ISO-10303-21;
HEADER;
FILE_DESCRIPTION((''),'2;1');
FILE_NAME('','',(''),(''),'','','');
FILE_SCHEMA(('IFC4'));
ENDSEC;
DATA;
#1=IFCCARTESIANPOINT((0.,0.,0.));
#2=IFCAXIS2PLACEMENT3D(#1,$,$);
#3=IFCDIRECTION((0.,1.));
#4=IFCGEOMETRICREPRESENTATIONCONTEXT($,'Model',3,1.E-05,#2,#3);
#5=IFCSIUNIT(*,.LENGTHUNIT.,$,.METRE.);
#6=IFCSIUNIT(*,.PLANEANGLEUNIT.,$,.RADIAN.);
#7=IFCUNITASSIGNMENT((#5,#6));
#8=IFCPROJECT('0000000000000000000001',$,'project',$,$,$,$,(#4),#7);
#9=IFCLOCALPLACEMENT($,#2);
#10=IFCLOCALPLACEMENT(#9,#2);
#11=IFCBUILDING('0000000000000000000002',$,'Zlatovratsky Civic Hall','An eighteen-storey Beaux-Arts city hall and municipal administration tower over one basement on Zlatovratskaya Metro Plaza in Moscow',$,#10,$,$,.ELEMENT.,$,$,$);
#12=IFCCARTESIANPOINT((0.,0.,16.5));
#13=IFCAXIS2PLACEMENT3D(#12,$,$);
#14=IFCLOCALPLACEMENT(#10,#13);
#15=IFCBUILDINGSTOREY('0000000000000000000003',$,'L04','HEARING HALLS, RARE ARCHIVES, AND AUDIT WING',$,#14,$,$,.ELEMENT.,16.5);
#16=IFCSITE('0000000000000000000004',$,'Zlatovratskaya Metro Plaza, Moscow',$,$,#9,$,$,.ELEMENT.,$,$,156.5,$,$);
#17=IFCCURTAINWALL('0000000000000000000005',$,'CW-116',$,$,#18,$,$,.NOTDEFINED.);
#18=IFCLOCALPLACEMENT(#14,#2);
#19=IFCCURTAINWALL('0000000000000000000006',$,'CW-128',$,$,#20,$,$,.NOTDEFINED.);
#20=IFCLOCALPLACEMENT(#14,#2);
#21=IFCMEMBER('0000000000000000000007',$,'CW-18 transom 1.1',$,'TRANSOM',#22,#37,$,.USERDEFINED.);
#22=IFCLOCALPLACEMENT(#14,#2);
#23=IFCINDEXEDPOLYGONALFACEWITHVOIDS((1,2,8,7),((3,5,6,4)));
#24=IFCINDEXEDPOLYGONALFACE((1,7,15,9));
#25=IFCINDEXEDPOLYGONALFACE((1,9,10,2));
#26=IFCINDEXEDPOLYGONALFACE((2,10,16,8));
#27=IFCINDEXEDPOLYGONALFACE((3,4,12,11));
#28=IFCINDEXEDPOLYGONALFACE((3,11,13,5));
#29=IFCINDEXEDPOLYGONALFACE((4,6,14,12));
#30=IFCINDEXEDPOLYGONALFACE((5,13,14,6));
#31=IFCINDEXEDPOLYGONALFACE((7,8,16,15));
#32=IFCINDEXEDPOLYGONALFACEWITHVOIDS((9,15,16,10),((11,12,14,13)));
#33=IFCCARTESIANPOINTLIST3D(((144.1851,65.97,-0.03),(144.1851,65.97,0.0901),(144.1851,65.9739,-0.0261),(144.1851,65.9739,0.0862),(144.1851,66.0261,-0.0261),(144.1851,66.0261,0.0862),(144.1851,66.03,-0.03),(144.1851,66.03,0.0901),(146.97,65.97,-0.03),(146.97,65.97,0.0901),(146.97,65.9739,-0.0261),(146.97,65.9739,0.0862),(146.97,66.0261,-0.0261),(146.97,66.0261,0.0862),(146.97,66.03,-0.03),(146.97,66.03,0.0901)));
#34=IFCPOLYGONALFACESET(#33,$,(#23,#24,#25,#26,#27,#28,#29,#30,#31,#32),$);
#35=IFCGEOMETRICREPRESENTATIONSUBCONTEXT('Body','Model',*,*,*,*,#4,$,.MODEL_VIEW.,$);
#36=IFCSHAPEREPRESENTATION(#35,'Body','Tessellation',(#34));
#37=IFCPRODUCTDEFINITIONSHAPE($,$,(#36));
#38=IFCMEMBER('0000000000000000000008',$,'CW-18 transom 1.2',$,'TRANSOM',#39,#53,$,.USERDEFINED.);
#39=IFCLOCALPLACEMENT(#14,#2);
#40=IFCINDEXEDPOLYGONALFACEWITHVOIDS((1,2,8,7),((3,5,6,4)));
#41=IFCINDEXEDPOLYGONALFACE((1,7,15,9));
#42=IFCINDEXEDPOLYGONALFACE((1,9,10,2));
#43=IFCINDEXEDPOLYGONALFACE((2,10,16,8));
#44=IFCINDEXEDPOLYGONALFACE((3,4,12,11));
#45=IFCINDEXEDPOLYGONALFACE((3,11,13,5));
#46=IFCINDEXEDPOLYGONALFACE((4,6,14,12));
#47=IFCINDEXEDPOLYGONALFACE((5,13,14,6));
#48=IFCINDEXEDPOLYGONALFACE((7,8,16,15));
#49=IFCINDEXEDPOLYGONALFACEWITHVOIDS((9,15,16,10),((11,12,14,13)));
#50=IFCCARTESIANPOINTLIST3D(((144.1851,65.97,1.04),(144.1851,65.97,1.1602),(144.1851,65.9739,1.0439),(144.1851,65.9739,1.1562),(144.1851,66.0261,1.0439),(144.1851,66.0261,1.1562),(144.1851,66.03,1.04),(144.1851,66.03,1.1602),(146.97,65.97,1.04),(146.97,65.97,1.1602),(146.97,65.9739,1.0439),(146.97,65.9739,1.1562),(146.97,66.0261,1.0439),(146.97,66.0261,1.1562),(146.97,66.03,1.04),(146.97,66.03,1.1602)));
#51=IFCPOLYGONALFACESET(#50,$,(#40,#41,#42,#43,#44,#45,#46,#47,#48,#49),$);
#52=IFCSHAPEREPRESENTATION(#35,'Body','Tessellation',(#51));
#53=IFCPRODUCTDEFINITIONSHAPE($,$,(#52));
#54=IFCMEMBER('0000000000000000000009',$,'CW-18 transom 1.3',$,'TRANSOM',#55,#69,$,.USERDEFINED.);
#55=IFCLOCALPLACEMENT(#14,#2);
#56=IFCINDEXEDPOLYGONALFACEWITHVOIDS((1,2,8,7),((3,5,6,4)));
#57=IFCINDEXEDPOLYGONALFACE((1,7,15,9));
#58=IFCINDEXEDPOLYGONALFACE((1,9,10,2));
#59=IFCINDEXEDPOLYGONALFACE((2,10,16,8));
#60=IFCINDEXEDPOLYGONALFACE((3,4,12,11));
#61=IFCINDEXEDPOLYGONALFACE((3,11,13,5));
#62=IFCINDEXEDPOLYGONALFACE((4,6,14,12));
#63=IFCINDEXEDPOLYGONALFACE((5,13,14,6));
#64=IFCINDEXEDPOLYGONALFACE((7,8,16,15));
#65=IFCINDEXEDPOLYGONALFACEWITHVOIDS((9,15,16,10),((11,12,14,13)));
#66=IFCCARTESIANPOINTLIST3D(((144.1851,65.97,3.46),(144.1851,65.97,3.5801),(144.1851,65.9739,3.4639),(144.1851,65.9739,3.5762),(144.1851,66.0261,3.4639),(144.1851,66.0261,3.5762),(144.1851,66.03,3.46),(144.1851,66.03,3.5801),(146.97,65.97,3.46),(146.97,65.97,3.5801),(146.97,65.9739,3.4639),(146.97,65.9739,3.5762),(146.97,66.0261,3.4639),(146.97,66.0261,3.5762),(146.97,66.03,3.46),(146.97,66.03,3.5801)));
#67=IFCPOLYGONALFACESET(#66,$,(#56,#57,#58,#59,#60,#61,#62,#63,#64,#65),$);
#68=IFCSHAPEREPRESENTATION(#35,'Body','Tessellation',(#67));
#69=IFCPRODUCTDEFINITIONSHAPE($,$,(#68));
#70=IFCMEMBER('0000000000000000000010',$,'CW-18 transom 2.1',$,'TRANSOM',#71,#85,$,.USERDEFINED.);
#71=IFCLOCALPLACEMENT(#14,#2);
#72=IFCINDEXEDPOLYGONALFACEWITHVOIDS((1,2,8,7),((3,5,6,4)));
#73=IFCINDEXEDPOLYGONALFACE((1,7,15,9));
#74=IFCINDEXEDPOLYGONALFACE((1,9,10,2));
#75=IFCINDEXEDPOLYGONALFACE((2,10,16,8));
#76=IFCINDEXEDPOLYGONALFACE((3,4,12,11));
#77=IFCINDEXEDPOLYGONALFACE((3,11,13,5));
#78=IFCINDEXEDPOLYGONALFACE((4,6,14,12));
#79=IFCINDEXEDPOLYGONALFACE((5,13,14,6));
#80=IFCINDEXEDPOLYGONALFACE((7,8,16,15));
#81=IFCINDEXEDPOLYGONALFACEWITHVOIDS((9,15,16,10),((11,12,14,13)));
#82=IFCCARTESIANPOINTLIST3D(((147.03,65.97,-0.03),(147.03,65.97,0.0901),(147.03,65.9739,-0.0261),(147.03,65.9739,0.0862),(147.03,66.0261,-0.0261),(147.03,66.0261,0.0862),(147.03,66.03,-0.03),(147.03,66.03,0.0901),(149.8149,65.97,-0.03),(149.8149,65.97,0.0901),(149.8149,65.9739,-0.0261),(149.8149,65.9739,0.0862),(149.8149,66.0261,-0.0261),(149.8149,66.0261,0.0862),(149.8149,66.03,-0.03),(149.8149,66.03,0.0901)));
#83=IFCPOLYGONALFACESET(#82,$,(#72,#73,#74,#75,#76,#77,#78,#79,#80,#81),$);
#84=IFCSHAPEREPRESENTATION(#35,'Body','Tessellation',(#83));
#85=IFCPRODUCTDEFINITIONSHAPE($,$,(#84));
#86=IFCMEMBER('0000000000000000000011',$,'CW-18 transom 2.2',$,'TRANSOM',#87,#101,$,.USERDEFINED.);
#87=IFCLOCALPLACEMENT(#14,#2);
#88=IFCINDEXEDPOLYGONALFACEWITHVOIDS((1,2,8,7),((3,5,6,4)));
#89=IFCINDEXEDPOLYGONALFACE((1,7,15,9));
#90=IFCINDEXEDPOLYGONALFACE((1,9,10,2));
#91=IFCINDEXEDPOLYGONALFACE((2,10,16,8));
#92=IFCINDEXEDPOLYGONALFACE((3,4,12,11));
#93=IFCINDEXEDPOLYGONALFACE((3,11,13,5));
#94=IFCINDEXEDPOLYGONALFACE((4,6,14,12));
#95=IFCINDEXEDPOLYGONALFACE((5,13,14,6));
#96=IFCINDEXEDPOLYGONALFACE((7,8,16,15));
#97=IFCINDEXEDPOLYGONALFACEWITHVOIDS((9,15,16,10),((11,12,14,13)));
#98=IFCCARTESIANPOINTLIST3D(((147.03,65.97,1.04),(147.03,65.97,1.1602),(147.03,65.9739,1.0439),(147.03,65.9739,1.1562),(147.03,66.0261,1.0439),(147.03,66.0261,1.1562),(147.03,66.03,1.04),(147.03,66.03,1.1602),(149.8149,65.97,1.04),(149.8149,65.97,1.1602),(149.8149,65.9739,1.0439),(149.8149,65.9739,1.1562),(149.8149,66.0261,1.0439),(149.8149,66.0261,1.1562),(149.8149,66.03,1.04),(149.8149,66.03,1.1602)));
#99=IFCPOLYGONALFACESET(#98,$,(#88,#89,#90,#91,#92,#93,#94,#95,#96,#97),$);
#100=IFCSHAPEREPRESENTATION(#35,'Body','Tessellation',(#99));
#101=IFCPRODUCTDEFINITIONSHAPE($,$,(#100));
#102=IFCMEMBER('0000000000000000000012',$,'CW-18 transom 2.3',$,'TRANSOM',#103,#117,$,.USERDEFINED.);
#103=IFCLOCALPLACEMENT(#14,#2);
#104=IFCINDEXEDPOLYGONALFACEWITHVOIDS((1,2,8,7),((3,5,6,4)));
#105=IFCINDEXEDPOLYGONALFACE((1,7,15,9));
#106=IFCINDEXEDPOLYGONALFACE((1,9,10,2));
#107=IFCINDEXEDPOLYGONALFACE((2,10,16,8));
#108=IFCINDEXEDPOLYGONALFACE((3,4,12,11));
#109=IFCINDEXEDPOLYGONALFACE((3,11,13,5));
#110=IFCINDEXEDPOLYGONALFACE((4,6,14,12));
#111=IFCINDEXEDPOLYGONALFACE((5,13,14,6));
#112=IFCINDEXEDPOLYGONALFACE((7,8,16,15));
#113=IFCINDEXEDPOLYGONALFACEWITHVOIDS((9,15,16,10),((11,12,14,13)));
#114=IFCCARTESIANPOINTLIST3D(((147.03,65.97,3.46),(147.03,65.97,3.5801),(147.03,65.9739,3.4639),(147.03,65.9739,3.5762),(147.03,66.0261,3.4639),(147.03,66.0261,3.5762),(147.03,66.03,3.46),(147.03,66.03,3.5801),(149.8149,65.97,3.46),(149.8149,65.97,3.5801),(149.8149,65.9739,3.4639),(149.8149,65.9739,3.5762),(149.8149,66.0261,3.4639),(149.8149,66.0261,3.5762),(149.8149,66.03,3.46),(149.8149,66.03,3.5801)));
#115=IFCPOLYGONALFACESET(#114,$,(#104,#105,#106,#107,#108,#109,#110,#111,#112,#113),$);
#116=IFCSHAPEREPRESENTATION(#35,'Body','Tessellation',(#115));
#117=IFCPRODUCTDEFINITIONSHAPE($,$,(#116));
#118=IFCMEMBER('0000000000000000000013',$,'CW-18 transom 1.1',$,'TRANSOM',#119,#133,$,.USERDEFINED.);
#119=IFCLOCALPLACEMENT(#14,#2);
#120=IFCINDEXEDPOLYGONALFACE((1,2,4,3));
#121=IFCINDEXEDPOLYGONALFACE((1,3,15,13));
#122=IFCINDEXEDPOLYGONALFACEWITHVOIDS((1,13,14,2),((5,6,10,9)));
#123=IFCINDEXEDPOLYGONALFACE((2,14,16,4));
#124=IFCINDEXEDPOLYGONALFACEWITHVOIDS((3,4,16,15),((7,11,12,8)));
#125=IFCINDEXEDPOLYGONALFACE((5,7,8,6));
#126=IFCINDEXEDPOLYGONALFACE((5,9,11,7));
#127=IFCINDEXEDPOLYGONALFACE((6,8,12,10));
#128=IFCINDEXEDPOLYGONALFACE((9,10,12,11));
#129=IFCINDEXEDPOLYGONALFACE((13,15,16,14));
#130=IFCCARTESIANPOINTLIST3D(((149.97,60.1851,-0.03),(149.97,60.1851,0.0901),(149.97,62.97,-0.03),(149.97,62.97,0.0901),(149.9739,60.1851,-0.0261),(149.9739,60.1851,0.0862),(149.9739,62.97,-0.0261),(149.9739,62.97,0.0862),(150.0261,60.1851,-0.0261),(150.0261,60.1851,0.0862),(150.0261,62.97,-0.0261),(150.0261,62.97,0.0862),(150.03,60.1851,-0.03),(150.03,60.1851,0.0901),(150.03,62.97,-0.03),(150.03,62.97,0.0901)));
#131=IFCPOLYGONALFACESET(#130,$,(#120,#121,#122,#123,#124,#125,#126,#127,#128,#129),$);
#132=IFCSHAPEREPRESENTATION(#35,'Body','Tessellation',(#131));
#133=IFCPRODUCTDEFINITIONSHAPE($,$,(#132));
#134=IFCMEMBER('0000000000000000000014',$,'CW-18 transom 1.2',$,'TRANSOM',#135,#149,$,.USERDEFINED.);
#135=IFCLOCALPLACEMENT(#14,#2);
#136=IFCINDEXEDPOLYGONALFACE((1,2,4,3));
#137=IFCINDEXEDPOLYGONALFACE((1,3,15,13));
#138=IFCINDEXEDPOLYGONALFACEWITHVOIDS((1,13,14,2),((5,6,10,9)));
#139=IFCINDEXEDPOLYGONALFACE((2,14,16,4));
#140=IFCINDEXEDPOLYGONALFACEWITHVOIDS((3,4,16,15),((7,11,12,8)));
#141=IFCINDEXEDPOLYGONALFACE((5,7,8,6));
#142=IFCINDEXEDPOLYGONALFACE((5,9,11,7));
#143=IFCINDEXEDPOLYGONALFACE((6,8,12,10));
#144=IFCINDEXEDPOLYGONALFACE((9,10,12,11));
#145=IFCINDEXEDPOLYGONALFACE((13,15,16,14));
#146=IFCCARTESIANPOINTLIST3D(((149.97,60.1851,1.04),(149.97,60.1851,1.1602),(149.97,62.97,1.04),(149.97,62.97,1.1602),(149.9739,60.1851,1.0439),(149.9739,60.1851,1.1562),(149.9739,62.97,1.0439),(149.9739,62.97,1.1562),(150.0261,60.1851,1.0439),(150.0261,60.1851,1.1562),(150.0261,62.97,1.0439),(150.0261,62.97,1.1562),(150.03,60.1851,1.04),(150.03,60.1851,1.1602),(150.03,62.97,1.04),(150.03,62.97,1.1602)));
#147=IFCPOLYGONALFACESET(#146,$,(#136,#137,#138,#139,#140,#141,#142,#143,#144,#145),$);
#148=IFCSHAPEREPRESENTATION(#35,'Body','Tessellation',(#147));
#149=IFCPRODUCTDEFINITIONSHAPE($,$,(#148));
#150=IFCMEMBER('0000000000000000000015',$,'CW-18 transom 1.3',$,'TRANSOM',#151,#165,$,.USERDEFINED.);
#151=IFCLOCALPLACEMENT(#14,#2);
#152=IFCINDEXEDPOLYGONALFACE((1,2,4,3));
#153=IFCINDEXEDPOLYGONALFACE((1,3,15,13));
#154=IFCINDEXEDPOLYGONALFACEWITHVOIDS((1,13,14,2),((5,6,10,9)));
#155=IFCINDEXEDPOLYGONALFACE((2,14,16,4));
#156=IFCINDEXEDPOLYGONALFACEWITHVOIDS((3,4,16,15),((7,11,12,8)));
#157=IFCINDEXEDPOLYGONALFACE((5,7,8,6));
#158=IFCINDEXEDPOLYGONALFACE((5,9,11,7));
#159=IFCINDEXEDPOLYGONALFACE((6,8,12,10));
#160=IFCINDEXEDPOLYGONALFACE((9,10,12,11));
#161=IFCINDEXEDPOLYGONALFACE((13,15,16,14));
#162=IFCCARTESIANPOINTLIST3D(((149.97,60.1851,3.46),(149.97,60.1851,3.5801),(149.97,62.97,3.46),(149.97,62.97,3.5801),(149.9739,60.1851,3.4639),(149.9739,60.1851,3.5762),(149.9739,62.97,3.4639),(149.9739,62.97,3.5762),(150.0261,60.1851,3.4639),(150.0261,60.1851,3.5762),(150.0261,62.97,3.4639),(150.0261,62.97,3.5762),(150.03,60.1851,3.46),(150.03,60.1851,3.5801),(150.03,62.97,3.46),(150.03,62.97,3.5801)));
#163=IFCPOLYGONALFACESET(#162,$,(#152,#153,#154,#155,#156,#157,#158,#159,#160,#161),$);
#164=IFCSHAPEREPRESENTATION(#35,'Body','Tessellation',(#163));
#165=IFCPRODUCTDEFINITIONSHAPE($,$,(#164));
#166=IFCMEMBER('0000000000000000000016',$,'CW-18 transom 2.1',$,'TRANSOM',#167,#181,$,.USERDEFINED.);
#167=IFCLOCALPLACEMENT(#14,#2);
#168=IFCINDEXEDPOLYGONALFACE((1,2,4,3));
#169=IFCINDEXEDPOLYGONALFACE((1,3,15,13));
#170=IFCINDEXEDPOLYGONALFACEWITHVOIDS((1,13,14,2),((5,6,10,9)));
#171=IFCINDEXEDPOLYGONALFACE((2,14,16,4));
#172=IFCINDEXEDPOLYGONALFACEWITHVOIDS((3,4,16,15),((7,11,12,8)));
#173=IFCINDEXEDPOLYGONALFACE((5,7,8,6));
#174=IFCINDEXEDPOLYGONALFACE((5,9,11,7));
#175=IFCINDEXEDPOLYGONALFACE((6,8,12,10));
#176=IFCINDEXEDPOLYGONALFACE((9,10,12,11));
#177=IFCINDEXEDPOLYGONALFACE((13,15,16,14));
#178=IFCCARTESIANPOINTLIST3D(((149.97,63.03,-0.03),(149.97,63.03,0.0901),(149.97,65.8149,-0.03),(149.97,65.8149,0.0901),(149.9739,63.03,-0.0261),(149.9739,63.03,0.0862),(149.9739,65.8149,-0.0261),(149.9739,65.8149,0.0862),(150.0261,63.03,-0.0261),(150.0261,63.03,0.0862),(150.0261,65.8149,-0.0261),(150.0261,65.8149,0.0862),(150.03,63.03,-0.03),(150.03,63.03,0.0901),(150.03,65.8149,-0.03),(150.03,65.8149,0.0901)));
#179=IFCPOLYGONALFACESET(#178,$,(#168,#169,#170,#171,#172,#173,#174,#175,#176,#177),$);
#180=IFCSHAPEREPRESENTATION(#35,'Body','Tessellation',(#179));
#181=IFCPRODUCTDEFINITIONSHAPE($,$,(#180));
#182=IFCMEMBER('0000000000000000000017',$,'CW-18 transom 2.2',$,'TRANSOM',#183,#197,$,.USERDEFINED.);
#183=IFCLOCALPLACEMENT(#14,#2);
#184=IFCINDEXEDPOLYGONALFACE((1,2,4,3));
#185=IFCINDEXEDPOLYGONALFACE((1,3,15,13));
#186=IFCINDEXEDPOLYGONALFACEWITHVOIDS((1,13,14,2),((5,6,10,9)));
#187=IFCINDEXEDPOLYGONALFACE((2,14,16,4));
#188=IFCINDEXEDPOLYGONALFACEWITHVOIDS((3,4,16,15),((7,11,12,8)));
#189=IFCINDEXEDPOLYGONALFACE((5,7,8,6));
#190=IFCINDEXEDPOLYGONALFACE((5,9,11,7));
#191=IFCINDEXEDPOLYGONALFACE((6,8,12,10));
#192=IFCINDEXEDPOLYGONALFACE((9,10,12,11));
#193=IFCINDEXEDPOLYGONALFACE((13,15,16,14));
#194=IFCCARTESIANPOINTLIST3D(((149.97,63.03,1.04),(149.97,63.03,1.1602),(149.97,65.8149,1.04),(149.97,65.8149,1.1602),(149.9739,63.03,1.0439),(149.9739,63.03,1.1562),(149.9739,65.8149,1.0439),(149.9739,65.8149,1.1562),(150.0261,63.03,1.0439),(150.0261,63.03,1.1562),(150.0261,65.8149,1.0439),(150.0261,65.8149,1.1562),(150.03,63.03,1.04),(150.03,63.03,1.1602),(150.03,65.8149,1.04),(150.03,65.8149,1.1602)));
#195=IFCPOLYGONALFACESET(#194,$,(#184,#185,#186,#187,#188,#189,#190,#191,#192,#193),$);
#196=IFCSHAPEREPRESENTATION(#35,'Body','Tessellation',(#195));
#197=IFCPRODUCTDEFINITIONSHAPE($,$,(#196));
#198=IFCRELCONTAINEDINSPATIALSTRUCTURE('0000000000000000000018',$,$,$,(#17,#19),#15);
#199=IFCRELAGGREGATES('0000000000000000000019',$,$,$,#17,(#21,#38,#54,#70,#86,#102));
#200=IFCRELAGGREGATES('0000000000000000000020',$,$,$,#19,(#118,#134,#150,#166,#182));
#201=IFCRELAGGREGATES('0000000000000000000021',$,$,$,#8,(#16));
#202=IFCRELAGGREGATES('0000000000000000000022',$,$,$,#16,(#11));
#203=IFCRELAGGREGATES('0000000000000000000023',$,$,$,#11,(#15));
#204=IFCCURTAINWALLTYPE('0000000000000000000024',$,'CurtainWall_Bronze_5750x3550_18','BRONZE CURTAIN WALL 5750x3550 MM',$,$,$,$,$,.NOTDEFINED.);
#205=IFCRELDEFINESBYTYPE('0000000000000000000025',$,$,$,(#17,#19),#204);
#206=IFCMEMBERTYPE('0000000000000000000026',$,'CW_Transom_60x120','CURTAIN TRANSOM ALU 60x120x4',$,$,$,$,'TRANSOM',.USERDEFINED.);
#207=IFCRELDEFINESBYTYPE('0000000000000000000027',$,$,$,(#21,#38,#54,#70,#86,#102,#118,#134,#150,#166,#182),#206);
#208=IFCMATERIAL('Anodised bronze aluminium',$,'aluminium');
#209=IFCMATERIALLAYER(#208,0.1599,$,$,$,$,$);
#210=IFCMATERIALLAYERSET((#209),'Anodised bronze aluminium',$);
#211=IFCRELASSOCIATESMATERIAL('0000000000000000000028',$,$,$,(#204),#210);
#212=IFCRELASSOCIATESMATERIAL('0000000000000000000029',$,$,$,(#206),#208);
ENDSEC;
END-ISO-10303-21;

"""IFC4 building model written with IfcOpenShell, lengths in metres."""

from ifc_helpers import new_model, si_unit, direction, frame, origin, origin_2d, place, context, subcontext, project, spatial, hollow_rectangle, extrude, material, layer, layer_set, material_profile, profile_set, type_object, element, aggregate, save


model = new_model("IFC4")

# Units and contexts
model_context = context("Model", 3, precision=1e-05, world=origin(), true_north=direction((0.0, 1.0)))
body_context = subcontext(model_context, "Body", "Model", "MODEL_VIEW")
ifc_project = project(units=[si_unit("LENGTHUNIT", "METRE"), si_unit("PLANEANGLEUNIT", "RADIAN")], contexts=[model_context])

# Site, building, storey
site_placement = place(None, origin())
site = spatial("IfcSite", under=ifc_project, at=site_placement, Name="Zlatovratskaya Metro Plaza, Moscow", CompositionType="ELEMENT", RefElevation=156.5)
building_placement = place(site_placement, origin())
building = spatial("IfcBuilding", under=site, at=building_placement, Name="Zlatovratsky Civic Hall", Description="An eighteen-storey Beaux-Arts city hall and municipal administration tower over one basement on Zlatovratskaya Metro Plaza in Moscow", CompositionType="ELEMENT")
storey_placement = place(building_placement, frame((0.0, 0.0, 16.5)))
storey = spatial("IfcBuildingStorey", under=building, at=storey_placement, Name="L04", Description="HEARING HALLS, RARE ARCHIVES, AND AUDIT WING", CompositionType="ELEMENT", Elevation=16.5)

# Curtain walls
ifc_material_1 = material(Name="Anodised bronze aluminium", Category="aluminium")
ifc_layer_1 = layer(ifc_material_1, 0.1599)
ifc_layer_set_1 = layer_set([ifc_layer_1], Name="Anodised bronze aluminium")
curtain_wall_type = type_object("IfcCurtainWallType", Name="CurtainWall_Bronze_5750x3550_18", Description="BRONZE CURTAIN WALL 5750x3550 MM", PredefinedType="NOTDEFINED", material=ifc_layer_set_1)
curtain_wall_1_placement = place(storey_placement, origin())
curtain_wall_1 = element("IfcCurtainWall", 1, at=curtain_wall_1_placement, inside=storey, type_object=curtain_wall_type, Name="CW-116", PredefinedType="NOTDEFINED")
curtain_wall_2_placement = place(storey_placement, origin())
curtain_wall_2 = element("IfcCurtainWall", 2, at=curtain_wall_2_placement, inside=storey, type_object=curtain_wall_type, Name="CW-128", PredefinedType="NOTDEFINED")

# Members
ifc_material_profile_1 = material_profile(ifc_material_1, hollow_rectangle(XDim=0.0601, YDim=0.1201, WallThickness=0.0039, at=origin_2d()), Name="ALU 60x120x4")
ifc_profile_set_1 = profile_set([ifc_material_profile_1], Name="Anodised bronze aluminium")
member_type_1 = type_object("IfcMemberType", Name="CW_Transom_60x120", Description="CURTAIN TRANSOM ALU 60x120x4", ElementType="TRANSOM", PredefinedType="USERDEFINED", material=ifc_profile_set_1)
member_1_placement = place(storey_placement, frame((144.1851, 66.0, 0.03), z_axis=(1.0, 0.0, 0.0), x_axis=(0.0, 1.0, 0.0)))
member_1 = element("IfcMember", 3, at=member_1_placement, type_object=member_type_1, Name="CW-18 transom 1.1", ObjectType="TRANSOM", PredefinedType="USERDEFINED", context=body_context, shape_type="SweptSolid", body=[
    extrude(hollow_rectangle(XDim=0.0601, YDim=0.1201, WallThickness=0.0039, at=origin_2d()), origin(), (0.0, 0.0, 1.0), 2.7849),
])
member_2_placement = place(storey_placement, frame((144.1851, 66.0, 1.1001), z_axis=(1.0, 0.0, 0.0), x_axis=(0.0, 1.0, 0.0)))
member_2 = element("IfcMember", 4, at=member_2_placement, type_object=member_type_1, Name="CW-18 transom 1.2", ObjectType="TRANSOM", PredefinedType="USERDEFINED", context=body_context, shape_type="SweptSolid", body=[
    extrude(hollow_rectangle(XDim=0.0601, YDim=0.1201, WallThickness=0.0039, at=origin_2d()), origin(), (0.0, 0.0, 1.0), 2.7849),
])
member_3_placement = place(storey_placement, frame((144.1851, 66.0, 3.52), z_axis=(1.0, 0.0, 0.0), x_axis=(0.0, 1.0, 0.0)))
member_3 = element("IfcMember", 5, at=member_3_placement, type_object=member_type_1, Name="CW-18 transom 1.3", ObjectType="TRANSOM", PredefinedType="USERDEFINED", context=body_context, shape_type="SweptSolid", body=[
    extrude(hollow_rectangle(XDim=0.0601, YDim=0.1201, WallThickness=0.0039, at=origin_2d()), origin(), (0.0, 0.0, 1.0), 2.7849),
])
member_4_placement = place(storey_placement, frame((147.03, 66.0, 0.03), z_axis=(1.0, 0.0, 0.0), x_axis=(0.0, 1.0, 0.0)))
member_4 = element("IfcMember", 6, at=member_4_placement, type_object=member_type_1, Name="CW-18 transom 2.1", ObjectType="TRANSOM", PredefinedType="USERDEFINED", context=body_context, shape_type="SweptSolid", body=[
    extrude(hollow_rectangle(XDim=0.0601, YDim=0.1201, WallThickness=0.0039, at=origin_2d()), origin(), (0.0, 0.0, 1.0), 2.7849),
])
member_5_placement = place(storey_placement, frame((147.03, 66.0, 1.1001), z_axis=(1.0, 0.0, 0.0), x_axis=(0.0, 1.0, 0.0)))
member_5 = element("IfcMember", 7, at=member_5_placement, type_object=member_type_1, Name="CW-18 transom 2.2", ObjectType="TRANSOM", PredefinedType="USERDEFINED", context=body_context, shape_type="SweptSolid", body=[
    extrude(hollow_rectangle(XDim=0.0601, YDim=0.1201, WallThickness=0.0039, at=origin_2d()), origin(), (0.0, 0.0, 1.0), 2.7849),
])
member_6_placement = place(storey_placement, frame((147.03, 66.0, 3.52), z_axis=(1.0, 0.0, 0.0), x_axis=(0.0, 1.0, 0.0)))
member_6 = element("IfcMember", 8, at=member_6_placement, type_object=member_type_1, Name="CW-18 transom 2.3", ObjectType="TRANSOM", PredefinedType="USERDEFINED", context=body_context, shape_type="SweptSolid", body=[
    extrude(hollow_rectangle(XDim=0.0601, YDim=0.1201, WallThickness=0.0039, at=origin_2d()), origin(), (0.0, 0.0, 1.0), 2.7849),
])
member_7_placement = place(storey_placement, frame((150.0, 60.1851, 0.03), z_axis=(0.0, 1.0, 0.0), x_axis=(-1.0, 0.0, 0.0)))
member_7 = element("IfcMember", 9, at=member_7_placement, type_object=member_type_1, Name="CW-18 transom 1.1", ObjectType="TRANSOM", PredefinedType="USERDEFINED", context=body_context, shape_type="SweptSolid", body=[
    extrude(hollow_rectangle(XDim=0.0601, YDim=0.1201, WallThickness=0.0039, at=origin_2d()), origin(), (0.0, 0.0, 1.0), 2.7849),
])
member_8_placement = place(storey_placement, frame((150.0, 60.1851, 1.1001), z_axis=(0.0, 1.0, 0.0), x_axis=(-1.0, 0.0, 0.0)))
member_8 = element("IfcMember", 10, at=member_8_placement, type_object=member_type_1, Name="CW-18 transom 1.2", ObjectType="TRANSOM", PredefinedType="USERDEFINED", context=body_context, shape_type="SweptSolid", body=[
    extrude(hollow_rectangle(XDim=0.0601, YDim=0.1201, WallThickness=0.0039, at=origin_2d()), origin(), (0.0, 0.0, 1.0), 2.7849),
])
member_9_placement = place(storey_placement, frame((150.0, 60.1851, 3.52), z_axis=(0.0, 1.0, 0.0), x_axis=(-1.0, 0.0, 0.0)))
member_9 = element("IfcMember", 11, at=member_9_placement, type_object=member_type_1, Name="CW-18 transom 1.3", ObjectType="TRANSOM", PredefinedType="USERDEFINED", context=body_context, shape_type="SweptSolid", body=[
    extrude(hollow_rectangle(XDim=0.0601, YDim=0.1201, WallThickness=0.0039, at=origin_2d()), origin(), (0.0, 0.0, 1.0), 2.7849),
])
member_10_placement = place(storey_placement, frame((150.0, 63.03, 0.03), z_axis=(0.0, 1.0, 0.0), x_axis=(-1.0, 0.0, 0.0)))
member_10 = element("IfcMember", 12, at=member_10_placement, type_object=member_type_1, Name="CW-18 transom 2.1", ObjectType="TRANSOM", PredefinedType="USERDEFINED", context=body_context, shape_type="SweptSolid", body=[
    extrude(hollow_rectangle(XDim=0.0601, YDim=0.1201, WallThickness=0.0039, at=origin_2d()), origin(), (0.0, 0.0, 1.0), 2.7849),
])
member_11_placement = place(storey_placement, frame((150.0, 63.03, 1.1001), z_axis=(0.0, 1.0, 0.0), x_axis=(-1.0, 0.0, 0.0)))
member_11 = element("IfcMember", 13, at=member_11_placement, type_object=member_type_1, Name="CW-18 transom 2.2", ObjectType="TRANSOM", PredefinedType="USERDEFINED", context=body_context, shape_type="SweptSolid", body=[
    extrude(hollow_rectangle(XDim=0.0601, YDim=0.1201, WallThickness=0.0039, at=origin_2d()), origin(), (0.0, 0.0, 1.0), 2.7849),
])

aggregate(curtain_wall_1, [member_1, member_2, member_3, member_4, member_5, member_6])
aggregate(curtain_wall_2, [member_7, member_8, member_9, member_10, member_11])

save(model, "model.ifc")
